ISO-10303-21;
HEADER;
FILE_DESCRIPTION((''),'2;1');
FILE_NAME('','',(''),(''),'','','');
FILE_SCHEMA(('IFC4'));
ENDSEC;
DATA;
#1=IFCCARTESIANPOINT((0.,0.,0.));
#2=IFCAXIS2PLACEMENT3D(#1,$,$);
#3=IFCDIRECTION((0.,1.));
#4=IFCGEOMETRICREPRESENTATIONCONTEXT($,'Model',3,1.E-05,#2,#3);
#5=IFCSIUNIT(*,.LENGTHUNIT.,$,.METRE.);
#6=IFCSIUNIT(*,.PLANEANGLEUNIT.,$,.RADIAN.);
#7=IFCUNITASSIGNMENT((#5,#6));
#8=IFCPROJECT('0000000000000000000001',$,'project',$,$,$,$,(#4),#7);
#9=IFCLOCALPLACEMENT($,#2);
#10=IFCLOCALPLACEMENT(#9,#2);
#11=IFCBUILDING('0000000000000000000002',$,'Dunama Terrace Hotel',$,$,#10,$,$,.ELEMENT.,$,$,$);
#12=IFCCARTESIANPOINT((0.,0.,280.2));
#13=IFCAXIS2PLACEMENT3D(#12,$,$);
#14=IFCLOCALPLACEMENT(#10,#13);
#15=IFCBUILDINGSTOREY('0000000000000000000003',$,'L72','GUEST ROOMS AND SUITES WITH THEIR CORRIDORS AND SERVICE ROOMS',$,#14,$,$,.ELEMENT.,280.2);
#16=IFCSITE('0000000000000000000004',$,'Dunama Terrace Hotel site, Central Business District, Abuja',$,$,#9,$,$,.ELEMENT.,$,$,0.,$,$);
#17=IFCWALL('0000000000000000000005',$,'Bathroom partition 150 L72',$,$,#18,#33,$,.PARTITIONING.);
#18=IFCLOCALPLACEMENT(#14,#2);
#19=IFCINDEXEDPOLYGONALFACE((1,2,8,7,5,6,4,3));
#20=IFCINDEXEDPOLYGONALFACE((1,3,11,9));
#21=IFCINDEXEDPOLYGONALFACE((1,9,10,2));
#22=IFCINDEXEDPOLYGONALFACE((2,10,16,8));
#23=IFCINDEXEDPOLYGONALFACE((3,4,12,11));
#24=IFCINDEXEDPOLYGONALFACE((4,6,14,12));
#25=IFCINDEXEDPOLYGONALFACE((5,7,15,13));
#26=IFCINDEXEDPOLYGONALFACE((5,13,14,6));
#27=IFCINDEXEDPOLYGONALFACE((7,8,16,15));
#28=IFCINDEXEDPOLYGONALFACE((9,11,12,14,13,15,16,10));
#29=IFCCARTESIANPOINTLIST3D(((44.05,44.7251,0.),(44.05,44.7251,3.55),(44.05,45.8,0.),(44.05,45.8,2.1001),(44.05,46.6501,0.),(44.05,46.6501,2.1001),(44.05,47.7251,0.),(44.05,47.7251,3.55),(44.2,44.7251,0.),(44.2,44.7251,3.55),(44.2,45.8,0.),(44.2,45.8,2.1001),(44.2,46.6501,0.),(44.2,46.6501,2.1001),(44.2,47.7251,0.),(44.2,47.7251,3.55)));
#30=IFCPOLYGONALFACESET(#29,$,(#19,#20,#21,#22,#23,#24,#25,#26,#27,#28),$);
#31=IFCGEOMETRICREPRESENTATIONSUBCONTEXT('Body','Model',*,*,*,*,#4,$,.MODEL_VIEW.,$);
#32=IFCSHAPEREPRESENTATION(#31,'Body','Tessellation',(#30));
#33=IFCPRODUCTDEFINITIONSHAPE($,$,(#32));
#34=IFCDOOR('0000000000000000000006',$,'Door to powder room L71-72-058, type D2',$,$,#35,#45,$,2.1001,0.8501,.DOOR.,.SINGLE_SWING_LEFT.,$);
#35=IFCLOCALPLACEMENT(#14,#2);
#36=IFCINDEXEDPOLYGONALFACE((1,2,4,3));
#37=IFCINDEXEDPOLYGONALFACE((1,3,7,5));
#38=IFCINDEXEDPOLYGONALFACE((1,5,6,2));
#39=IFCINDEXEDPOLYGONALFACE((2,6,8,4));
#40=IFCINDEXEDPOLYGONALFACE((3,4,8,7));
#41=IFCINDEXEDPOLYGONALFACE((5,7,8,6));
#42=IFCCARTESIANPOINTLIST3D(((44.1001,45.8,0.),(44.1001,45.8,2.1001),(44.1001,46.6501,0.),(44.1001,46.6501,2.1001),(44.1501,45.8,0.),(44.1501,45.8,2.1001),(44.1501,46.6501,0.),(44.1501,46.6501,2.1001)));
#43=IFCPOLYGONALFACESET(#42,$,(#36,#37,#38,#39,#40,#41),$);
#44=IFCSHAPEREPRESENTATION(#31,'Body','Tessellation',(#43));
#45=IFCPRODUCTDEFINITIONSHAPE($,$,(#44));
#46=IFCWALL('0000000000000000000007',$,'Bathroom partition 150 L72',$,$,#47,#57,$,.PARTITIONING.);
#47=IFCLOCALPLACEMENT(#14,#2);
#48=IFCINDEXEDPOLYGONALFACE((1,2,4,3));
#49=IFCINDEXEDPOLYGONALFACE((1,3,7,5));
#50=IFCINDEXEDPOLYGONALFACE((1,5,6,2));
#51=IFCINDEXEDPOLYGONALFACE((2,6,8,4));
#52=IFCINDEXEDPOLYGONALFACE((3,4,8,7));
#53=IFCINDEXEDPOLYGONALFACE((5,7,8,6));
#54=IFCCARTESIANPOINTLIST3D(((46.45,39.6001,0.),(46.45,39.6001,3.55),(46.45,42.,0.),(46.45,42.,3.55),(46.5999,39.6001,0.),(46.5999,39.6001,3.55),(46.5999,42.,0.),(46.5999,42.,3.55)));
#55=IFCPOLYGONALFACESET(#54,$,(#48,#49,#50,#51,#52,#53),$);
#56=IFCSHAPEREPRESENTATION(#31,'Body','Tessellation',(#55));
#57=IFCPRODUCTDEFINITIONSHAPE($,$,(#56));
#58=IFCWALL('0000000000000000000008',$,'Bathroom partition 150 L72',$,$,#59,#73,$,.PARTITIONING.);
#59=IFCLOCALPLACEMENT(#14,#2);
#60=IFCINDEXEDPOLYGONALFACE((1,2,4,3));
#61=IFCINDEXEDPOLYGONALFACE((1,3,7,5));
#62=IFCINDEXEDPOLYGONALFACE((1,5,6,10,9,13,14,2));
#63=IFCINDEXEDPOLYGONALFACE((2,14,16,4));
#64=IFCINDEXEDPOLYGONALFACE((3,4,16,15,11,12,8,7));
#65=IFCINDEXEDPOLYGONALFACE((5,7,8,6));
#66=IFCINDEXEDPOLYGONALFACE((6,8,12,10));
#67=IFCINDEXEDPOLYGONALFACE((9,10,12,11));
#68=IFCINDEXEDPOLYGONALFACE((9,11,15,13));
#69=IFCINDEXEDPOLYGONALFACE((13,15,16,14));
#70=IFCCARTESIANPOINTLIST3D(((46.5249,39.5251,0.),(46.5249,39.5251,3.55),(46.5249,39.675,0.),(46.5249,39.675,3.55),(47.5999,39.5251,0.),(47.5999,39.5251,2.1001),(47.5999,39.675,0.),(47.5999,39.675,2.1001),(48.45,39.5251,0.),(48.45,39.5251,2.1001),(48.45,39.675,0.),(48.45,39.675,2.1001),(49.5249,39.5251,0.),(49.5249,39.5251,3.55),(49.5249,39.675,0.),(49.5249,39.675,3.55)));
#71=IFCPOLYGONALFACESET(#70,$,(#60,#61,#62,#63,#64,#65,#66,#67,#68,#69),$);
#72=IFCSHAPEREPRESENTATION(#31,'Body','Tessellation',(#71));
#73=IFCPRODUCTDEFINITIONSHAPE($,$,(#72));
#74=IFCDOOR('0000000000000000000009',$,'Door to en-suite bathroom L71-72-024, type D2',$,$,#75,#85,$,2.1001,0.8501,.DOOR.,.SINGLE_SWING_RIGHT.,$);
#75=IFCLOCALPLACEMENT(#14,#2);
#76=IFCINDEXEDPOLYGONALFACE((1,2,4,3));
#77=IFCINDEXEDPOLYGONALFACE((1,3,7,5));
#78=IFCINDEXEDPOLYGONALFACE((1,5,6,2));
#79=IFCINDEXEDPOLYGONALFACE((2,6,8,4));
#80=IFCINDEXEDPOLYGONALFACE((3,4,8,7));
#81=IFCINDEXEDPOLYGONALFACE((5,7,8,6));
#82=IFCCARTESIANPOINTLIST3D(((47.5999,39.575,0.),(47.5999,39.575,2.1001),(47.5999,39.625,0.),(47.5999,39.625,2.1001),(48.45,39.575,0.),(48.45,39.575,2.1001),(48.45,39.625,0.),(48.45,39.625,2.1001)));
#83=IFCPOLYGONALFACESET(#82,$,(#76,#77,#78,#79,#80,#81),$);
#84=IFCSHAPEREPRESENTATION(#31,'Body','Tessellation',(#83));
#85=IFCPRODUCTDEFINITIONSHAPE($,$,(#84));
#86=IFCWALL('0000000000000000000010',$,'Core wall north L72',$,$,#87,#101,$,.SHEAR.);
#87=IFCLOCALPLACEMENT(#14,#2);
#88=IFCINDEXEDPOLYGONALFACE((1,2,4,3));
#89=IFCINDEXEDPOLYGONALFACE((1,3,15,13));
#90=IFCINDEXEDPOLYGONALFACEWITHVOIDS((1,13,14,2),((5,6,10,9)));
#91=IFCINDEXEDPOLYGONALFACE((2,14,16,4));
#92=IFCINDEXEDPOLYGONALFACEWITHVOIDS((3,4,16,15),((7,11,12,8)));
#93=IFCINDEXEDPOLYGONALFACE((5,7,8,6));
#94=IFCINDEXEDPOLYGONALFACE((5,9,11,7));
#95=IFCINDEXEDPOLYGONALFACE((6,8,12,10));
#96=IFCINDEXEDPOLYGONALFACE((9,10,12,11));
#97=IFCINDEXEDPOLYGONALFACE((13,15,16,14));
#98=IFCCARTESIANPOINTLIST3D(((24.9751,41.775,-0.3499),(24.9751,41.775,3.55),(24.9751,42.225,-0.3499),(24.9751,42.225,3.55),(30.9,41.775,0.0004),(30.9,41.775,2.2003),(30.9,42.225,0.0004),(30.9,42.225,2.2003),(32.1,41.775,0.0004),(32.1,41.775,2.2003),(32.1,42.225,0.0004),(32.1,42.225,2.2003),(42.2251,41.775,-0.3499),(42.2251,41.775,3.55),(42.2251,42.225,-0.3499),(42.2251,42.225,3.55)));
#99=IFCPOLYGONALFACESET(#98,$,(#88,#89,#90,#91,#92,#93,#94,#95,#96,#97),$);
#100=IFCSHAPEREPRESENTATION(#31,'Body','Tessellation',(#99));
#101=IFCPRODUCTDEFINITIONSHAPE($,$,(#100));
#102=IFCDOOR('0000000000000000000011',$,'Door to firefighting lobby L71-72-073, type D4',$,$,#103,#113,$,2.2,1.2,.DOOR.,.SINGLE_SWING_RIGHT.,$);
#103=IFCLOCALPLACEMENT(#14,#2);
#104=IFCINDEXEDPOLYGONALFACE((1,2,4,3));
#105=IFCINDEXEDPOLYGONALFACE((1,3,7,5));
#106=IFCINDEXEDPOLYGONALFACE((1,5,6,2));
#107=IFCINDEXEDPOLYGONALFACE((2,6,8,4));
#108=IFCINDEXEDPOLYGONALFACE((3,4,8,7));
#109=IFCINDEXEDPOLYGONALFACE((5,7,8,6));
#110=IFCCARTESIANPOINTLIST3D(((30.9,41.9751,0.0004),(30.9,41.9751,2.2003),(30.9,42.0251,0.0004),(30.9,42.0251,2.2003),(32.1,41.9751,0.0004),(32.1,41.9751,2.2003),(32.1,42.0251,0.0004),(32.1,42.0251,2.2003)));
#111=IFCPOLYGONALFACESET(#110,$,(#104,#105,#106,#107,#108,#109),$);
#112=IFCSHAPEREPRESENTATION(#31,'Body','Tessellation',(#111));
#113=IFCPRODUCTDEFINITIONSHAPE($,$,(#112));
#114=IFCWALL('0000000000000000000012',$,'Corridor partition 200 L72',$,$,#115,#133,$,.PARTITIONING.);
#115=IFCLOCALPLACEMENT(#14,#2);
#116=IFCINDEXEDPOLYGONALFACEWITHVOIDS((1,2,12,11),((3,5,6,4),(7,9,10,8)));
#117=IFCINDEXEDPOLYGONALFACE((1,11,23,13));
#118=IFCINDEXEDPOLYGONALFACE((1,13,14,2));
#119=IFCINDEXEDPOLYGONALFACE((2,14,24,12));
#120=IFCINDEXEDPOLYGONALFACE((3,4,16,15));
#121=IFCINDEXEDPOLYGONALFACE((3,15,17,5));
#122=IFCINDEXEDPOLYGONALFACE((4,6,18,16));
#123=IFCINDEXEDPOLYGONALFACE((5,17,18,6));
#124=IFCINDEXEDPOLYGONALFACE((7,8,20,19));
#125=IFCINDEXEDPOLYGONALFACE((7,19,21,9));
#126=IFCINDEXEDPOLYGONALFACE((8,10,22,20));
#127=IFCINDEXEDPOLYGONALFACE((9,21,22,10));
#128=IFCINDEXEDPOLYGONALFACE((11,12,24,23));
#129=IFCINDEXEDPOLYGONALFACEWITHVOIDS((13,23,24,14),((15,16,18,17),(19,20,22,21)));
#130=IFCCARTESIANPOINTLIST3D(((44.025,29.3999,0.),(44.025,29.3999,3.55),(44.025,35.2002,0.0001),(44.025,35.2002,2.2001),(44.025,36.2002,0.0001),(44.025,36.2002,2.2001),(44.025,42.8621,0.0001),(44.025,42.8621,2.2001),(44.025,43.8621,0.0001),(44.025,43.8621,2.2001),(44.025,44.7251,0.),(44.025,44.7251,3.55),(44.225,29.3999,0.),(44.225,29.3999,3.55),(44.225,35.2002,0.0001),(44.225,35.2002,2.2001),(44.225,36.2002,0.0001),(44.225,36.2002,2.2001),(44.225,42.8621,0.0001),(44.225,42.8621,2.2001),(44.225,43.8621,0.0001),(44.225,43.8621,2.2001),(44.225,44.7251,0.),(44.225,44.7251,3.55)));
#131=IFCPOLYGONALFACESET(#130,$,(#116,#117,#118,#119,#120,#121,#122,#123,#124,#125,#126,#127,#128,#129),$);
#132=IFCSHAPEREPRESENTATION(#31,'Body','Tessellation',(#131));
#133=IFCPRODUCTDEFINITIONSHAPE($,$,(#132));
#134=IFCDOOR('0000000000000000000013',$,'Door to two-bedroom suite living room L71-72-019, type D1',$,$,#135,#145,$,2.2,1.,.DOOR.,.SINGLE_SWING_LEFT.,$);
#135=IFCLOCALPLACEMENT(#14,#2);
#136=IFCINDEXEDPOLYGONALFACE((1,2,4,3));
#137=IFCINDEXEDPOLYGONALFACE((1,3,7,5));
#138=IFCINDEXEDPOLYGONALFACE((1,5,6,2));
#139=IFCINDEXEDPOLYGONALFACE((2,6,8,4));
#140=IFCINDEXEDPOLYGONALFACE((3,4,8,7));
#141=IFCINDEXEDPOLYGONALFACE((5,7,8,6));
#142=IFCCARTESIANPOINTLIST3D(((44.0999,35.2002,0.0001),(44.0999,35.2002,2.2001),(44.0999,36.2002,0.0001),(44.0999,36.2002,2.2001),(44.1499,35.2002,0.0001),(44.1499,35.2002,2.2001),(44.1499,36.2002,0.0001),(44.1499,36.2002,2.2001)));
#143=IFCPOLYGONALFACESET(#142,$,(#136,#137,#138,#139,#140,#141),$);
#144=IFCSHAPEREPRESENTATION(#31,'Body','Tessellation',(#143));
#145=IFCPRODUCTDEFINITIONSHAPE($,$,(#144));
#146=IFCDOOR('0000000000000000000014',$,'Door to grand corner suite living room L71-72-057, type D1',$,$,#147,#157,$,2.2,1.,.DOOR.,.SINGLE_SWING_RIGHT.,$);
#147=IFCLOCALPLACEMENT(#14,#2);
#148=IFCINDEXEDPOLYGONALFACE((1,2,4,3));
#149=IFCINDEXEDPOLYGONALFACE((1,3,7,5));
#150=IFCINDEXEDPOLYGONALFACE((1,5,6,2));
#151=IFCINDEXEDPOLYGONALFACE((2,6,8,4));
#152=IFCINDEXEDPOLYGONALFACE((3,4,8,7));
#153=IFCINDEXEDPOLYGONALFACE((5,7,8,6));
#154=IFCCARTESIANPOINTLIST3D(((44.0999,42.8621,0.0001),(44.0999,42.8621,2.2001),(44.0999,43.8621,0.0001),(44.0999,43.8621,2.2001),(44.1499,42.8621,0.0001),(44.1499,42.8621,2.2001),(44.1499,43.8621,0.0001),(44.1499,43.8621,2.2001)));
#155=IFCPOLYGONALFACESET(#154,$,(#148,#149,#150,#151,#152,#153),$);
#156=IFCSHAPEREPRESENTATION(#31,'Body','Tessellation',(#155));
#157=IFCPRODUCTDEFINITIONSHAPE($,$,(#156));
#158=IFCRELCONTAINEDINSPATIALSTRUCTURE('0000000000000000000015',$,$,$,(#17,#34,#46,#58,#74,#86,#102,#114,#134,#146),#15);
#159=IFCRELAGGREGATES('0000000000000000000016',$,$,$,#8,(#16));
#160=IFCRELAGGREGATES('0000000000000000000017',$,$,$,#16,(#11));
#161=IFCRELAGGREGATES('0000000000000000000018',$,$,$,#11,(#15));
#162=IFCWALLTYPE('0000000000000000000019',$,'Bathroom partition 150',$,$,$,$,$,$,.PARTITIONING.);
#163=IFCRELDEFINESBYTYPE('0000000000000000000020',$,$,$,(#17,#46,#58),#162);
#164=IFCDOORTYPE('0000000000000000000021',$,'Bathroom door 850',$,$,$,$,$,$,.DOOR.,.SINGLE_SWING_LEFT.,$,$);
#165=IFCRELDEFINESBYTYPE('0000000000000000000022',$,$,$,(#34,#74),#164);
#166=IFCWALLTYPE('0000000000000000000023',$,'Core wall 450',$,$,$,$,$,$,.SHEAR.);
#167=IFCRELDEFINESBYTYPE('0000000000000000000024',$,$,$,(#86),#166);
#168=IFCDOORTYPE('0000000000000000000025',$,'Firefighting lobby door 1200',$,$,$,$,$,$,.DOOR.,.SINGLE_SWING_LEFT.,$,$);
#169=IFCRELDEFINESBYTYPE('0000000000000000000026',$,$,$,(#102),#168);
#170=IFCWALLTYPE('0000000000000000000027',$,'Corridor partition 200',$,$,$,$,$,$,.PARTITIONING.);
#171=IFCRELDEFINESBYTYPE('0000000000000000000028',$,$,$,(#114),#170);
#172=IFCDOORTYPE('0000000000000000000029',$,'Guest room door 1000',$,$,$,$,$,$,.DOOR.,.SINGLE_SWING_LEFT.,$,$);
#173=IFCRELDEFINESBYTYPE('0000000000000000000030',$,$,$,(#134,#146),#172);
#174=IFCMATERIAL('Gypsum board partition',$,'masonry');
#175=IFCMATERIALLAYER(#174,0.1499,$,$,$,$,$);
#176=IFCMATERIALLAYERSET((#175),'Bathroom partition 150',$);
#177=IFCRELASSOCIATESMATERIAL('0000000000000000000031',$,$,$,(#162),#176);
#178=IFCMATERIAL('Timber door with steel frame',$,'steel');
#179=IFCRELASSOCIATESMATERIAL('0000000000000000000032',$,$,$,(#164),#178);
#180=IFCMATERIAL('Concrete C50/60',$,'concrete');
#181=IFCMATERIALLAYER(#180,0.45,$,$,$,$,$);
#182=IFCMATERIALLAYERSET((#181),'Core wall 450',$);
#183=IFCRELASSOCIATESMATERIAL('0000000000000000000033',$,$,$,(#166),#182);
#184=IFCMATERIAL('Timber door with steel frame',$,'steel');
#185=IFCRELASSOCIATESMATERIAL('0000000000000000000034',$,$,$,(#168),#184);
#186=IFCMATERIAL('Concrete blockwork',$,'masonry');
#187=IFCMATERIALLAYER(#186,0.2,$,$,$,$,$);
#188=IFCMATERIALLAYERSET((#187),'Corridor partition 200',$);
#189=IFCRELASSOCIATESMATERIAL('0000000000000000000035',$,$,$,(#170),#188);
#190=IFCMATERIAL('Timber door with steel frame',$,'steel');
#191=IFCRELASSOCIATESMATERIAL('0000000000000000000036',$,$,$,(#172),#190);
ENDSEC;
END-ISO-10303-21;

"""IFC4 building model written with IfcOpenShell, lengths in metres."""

from ifc_helpers import new_model, si_unit, direction, frame, frame_2d, origin, place, context, subcontext, project, spatial, rectangle, extrude, material, layer, layer_set, type_object, element, fill, save


model = new_model("IFC4")

# Units and contexts
model_context = context("Model", 3, precision=1e-05, world=origin(), true_north=direction((0.0, 1.0)))
body_context = subcontext(model_context, "Body", "Model", "MODEL_VIEW")
ifc_project = project(units=[si_unit("LENGTHUNIT", "METRE"), si_unit("PLANEANGLEUNIT", "RADIAN")], contexts=[model_context])

# Site, building, storey
site_placement = place(None, origin())
site = spatial("IfcSite", under=ifc_project, at=site_placement, Name="Dunama Terrace Hotel site, Central Business District, Abuja", CompositionType="ELEMENT", RefElevation=0.0)
building_placement = place(site_placement, origin())
building = spatial("IfcBuilding", under=site, at=building_placement, Name="Dunama Terrace Hotel", CompositionType="ELEMENT")
storey_placement = place(building_placement, frame((0.0, 0.0, 280.2)))
storey = spatial("IfcBuildingStorey", under=building, at=storey_placement, Name="L72", Description="GUEST ROOMS AND SUITES WITH THEIR CORRIDORS AND SERVICE ROOMS", CompositionType="ELEMENT", Elevation=280.2)

# Wall, opening, door
ifc_material_1 = material(Name="Gypsum board partition", Category="masonry")
ifc_layer_1 = layer(ifc_material_1, 0.1499)
ifc_layer_set_1 = layer_set([ifc_layer_1], Name="Bathroom partition 150")
wall_type_1 = type_object("IfcWallType", Name="Bathroom partition 150", PredefinedType="PARTITIONING", material=ifc_layer_set_1)
wall_1_placement = place(storey_placement, frame((44.125, 44.7251, 0.0), z_axis=(0.0, 0.0, 1.0), x_axis=(0.0, 1.0, 0.0)))
wall_1 = element("IfcWall", 1, at=wall_1_placement, inside=storey, type_object=wall_type_1, Name="Bathroom partition 150 L72", PredefinedType="PARTITIONING", context=body_context, shape_type="SweptSolid", body=[
    extrude(rectangle(XDim=3.0, YDim=0.1499, at=frame_2d((1.5, 0.0))), origin(), (0.0, 0.0, 1.0), 3.55),
])
opening_1_placement = place(wall_1_placement, frame((1.075, 0.0, 0.0)))
opening_1 = element("IfcOpeningElement", 2, at=opening_1_placement, cuts=wall_1, PredefinedType="OPENING", context=body_context, shape_type="SweptSolid", body=[
    extrude(rectangle(XDim=0.8501, YDim=2.1001, at=frame_2d((0.425, 1.05))), frame((0.0, 0.085, 0.0), z_axis=(0.0, -1.0, 0.0), x_axis=(1.0, 0.0, 0.0)), (0.0, 0.0, 1.0), 0.1699),
])
ifc_material_2 = material(Name="Timber door with steel frame", Category="steel")
door_type_1 = type_object("IfcDoorType", Name="Bathroom door 850", OperationType="SINGLE_SWING_LEFT", PredefinedType="DOOR", material=ifc_material_2)
door_1_placement = place(opening_1_placement, origin())
door_1 = element("IfcDoor", 3, at=door_1_placement, inside=storey, type_object=door_type_1, Name="Door to powder room L71-72-058, type D2", OperationType="SINGLE_SWING_LEFT", OverallHeight=2.1001, OverallWidth=0.8501, PredefinedType="DOOR", context=body_context, shape_type="SweptSolid", body=[
    extrude(rectangle(XDim=0.8501, YDim=2.1001, at=frame_2d((0.425, 1.05))), frame((0.0, 0.0249, 0.0), z_axis=(0.0, -1.0, 0.0), x_axis=(1.0, 0.0, 0.0)), (0.0, 0.0, 1.0), 0.05),
])
fill(opening_1, door_1)

# Wall
wall_2_placement = place(storey_placement, frame((46.5249, 39.6001, 0.0), z_axis=(0.0, 0.0, 1.0), x_axis=(0.0, 1.0, 0.0)))
element("IfcWall", 4, at=wall_2_placement, inside=storey, type_object=wall_type_1, Name="Bathroom partition 150 L72", PredefinedType="PARTITIONING", context=body_context, shape_type="SweptSolid", body=[
    extrude(rectangle(XDim=2.3999, YDim=0.1499, at=frame_2d((1.2, 0.0))), origin(), (0.0, 0.0, 1.0), 3.55),
])

# Walls, openings, doors
wall_3_placement = place(storey_placement, frame((46.5249, 39.6001, 0.0), z_axis=(0.0, 0.0, 1.0), x_axis=(1.0, 0.0, 0.0)))
wall_3 = element("IfcWall", 5, at=wall_3_placement, inside=storey, type_object=wall_type_1, Name="Bathroom partition 150 L72", PredefinedType="PARTITIONING", context=body_context, shape_type="SweptSolid", body=[
    extrude(rectangle(XDim=3.0, YDim=0.1499, at=frame_2d((1.5, 0.0))), origin(), (0.0, 0.0, 1.0), 3.55),
])
opening_2_placement = place(wall_3_placement, frame((1.075, 0.0, 0.0)))
opening_2 = element("IfcOpeningElement", 6, at=opening_2_placement, cuts=wall_3, PredefinedType="OPENING", context=body_context, shape_type="SweptSolid", body=[
    extrude(rectangle(XDim=0.8501, YDim=2.1001, at=frame_2d((0.425, 1.05))), frame((0.0, 0.085, 0.0), z_axis=(0.0, -1.0, 0.0), x_axis=(1.0, 0.0, 0.0)), (0.0, 0.0, 1.0), 0.1699),
])
door_2_placement = place(opening_2_placement, origin())
door_2 = element("IfcDoor", 7, at=door_2_placement, inside=storey, type_object=door_type_1, Name="Door to en-suite bathroom L71-72-024, type D2", OperationType="SINGLE_SWING_RIGHT", OverallHeight=2.1001, OverallWidth=0.8501, PredefinedType="DOOR", context=body_context, shape_type="SweptSolid", body=[
    extrude(rectangle(XDim=0.8501, YDim=2.1001, at=frame_2d((0.425, 1.05))), frame((0.0, 0.0249, 0.0), z_axis=(0.0, -1.0, 0.0), x_axis=(1.0, 0.0, 0.0)), (0.0, 0.0, 1.0), 0.05),
])
fill(opening_2, door_2)
ifc_material_3 = material(Name="Concrete C50/60", Category="concrete")
ifc_layer_2 = layer(ifc_material_3, 0.45)
ifc_layer_set_2 = layer_set([ifc_layer_2], Name="Core wall 450")
wall_type_2 = type_object("IfcWallType", Name="Core wall 450", PredefinedType="SHEAR", material=ifc_layer_set_2)
wall_4_placement = place(storey_placement, frame((42.2251, 42.0, -0.3499), z_axis=(0.0, 0.0, 1.0), x_axis=(-1.0, 0.0, 0.0)))
wall_4 = element("IfcWall", 8, at=wall_4_placement, inside=storey, type_object=wall_type_2, Name="Core wall north L72", PredefinedType="SHEAR", context=body_context, shape_type="SweptSolid", body=[
    extrude(rectangle(XDim=17.25, YDim=0.45, at=frame_2d((8.625, 0.0))), origin(), (0.0, 0.0, 1.0), 3.8999),
])
opening_3_placement = place(wall_4_placement, frame((10.125, 0.0, 0.3501)))
opening_3 = element("IfcOpeningElement", 9, at=opening_3_placement, cuts=wall_4, PredefinedType="OPENING", context=body_context, shape_type="SweptSolid", body=[
    extrude(rectangle(XDim=1.2, YDim=2.2, at=frame_2d((0.6001, 1.1001))), frame((0.0, 0.2349, 0.0), z_axis=(0.0, -1.0, 0.0), x_axis=(1.0, 0.0, 0.0)), (0.0, 0.0, 1.0), 0.47),
])
ifc_material_4 = material(Name="Timber door with steel frame", Category="steel")
door_type_2 = type_object("IfcDoorType", Name="Firefighting lobby door 1200", OperationType="SINGLE_SWING_LEFT", PredefinedType="DOOR", material=ifc_material_4)
door_3_placement = place(opening_3_placement, origin())
door_3 = element("IfcDoor", 10, at=door_3_placement, inside=storey, type_object=door_type_2, Name="Door to firefighting lobby L71-72-073, type D4", OperationType="SINGLE_SWING_RIGHT", OverallHeight=2.2, OverallWidth=1.2, PredefinedType="DOOR", context=body_context, shape_type="SweptSolid", body=[
    extrude(rectangle(XDim=1.2, YDim=2.2, at=frame_2d((0.6001, 1.1001))), frame((0.0, 0.0249, 0.0), z_axis=(0.0, -1.0, 0.0), x_axis=(1.0, 0.0, 0.0)), (0.0, 0.0, 1.0), 0.05),
])
fill(opening_3, door_3)

# Wall, openings, doors
ifc_material_5 = material(Name="Concrete blockwork", Category="masonry")
ifc_layer_3 = layer(ifc_material_5, 0.2)
ifc_layer_set_3 = layer_set([ifc_layer_3], Name="Corridor partition 200")
wall_type_3 = type_object("IfcWallType", Name="Corridor partition 200", PredefinedType="PARTITIONING", material=ifc_layer_set_3)
wall_5_placement = place(storey_placement, frame((44.125, 44.7251, 0.0), z_axis=(0.0, 0.0, 1.0), x_axis=(0.0, -1.0, 0.0)))
wall_5 = element("IfcWall", 11, at=wall_5_placement, inside=storey, type_object=wall_type_3, Name="Corridor partition 200 L72", PredefinedType="PARTITIONING", context=body_context, shape_type="SweptSolid", body=[
    extrude(rectangle(XDim=15.3252, YDim=0.2, at=frame_2d((7.6626, 0.0))), origin(), (0.0, 0.0, 1.0), 3.55),
])
opening_4_placement = place(wall_5_placement, frame((8.5249, 0.0, 0.0)))
opening_4 = element("IfcOpeningElement", 12, at=opening_4_placement, cuts=wall_5, PredefinedType="OPENING", context=body_context, shape_type="SweptSolid", body=[
    extrude(rectangle(XDim=1.0, YDim=2.2, at=frame_2d((0.5, 1.1001))), frame((0.0, 0.1099, 0.0), z_axis=(0.0, -1.0, 0.0), x_axis=(1.0, 0.0, 0.0)), (0.0, 0.0, 1.0), 0.22),
])
opening_5_placement = place(wall_5_placement, frame((0.863, 0.0, 0.0)))
opening_5 = element("IfcOpeningElement", 13, at=opening_5_placement, cuts=wall_5, PredefinedType="OPENING", context=body_context, shape_type="SweptSolid", body=[
    extrude(rectangle(XDim=1.0, YDim=2.2, at=frame_2d((0.5, 1.1001))), frame((0.0, 0.1099, 0.0), z_axis=(0.0, -1.0, 0.0), x_axis=(1.0, 0.0, 0.0)), (0.0, 0.0, 1.0), 0.22),
])
ifc_material_6 = material(Name="Timber door with steel frame", Category="steel")
door_type_3 = type_object("IfcDoorType", Name="Guest room door 1000", OperationType="SINGLE_SWING_LEFT", PredefinedType="DOOR", material=ifc_material_6)
door_4_placement = place(opening_4_placement, origin())
door_4 = element("IfcDoor", 14, at=door_4_placement, inside=storey, type_object=door_type_3, Name="Door to two-bedroom suite living room L71-72-019, type D1", OperationType="SINGLE_SWING_LEFT", OverallHeight=2.2, OverallWidth=1.0, PredefinedType="DOOR", context=body_context, shape_type="SweptSolid", body=[
    extrude(rectangle(XDim=1.0, YDim=2.2, at=frame_2d((0.5, 1.1001))), frame((0.0, 0.0249, 0.0), z_axis=(0.0, -1.0, 0.0), x_axis=(1.0, 0.0, 0.0)), (0.0, 0.0, 1.0), 0.05),
])
fill(opening_4, door_4)
door_5_placement = place(opening_5_placement, origin())
door_5 = element("IfcDoor", 15, at=door_5_placement, inside=storey, type_object=door_type_3, Name="Door to grand corner suite living room L71-72-057, type D1", OperationType="SINGLE_SWING_RIGHT", OverallHeight=2.2, OverallWidth=1.0, PredefinedType="DOOR", context=body_context, shape_type="SweptSolid", body=[
    extrude(rectangle(XDim=1.0, YDim=2.2, at=frame_2d((0.5, 1.1001))), frame((0.0, 0.0249, 0.0), z_axis=(0.0, -1.0, 0.0), x_axis=(1.0, 0.0, 0.0)), (0.0, 0.0, 1.0), 0.05),
])
fill(opening_5, door_5)

save(model, "model.ifc")
